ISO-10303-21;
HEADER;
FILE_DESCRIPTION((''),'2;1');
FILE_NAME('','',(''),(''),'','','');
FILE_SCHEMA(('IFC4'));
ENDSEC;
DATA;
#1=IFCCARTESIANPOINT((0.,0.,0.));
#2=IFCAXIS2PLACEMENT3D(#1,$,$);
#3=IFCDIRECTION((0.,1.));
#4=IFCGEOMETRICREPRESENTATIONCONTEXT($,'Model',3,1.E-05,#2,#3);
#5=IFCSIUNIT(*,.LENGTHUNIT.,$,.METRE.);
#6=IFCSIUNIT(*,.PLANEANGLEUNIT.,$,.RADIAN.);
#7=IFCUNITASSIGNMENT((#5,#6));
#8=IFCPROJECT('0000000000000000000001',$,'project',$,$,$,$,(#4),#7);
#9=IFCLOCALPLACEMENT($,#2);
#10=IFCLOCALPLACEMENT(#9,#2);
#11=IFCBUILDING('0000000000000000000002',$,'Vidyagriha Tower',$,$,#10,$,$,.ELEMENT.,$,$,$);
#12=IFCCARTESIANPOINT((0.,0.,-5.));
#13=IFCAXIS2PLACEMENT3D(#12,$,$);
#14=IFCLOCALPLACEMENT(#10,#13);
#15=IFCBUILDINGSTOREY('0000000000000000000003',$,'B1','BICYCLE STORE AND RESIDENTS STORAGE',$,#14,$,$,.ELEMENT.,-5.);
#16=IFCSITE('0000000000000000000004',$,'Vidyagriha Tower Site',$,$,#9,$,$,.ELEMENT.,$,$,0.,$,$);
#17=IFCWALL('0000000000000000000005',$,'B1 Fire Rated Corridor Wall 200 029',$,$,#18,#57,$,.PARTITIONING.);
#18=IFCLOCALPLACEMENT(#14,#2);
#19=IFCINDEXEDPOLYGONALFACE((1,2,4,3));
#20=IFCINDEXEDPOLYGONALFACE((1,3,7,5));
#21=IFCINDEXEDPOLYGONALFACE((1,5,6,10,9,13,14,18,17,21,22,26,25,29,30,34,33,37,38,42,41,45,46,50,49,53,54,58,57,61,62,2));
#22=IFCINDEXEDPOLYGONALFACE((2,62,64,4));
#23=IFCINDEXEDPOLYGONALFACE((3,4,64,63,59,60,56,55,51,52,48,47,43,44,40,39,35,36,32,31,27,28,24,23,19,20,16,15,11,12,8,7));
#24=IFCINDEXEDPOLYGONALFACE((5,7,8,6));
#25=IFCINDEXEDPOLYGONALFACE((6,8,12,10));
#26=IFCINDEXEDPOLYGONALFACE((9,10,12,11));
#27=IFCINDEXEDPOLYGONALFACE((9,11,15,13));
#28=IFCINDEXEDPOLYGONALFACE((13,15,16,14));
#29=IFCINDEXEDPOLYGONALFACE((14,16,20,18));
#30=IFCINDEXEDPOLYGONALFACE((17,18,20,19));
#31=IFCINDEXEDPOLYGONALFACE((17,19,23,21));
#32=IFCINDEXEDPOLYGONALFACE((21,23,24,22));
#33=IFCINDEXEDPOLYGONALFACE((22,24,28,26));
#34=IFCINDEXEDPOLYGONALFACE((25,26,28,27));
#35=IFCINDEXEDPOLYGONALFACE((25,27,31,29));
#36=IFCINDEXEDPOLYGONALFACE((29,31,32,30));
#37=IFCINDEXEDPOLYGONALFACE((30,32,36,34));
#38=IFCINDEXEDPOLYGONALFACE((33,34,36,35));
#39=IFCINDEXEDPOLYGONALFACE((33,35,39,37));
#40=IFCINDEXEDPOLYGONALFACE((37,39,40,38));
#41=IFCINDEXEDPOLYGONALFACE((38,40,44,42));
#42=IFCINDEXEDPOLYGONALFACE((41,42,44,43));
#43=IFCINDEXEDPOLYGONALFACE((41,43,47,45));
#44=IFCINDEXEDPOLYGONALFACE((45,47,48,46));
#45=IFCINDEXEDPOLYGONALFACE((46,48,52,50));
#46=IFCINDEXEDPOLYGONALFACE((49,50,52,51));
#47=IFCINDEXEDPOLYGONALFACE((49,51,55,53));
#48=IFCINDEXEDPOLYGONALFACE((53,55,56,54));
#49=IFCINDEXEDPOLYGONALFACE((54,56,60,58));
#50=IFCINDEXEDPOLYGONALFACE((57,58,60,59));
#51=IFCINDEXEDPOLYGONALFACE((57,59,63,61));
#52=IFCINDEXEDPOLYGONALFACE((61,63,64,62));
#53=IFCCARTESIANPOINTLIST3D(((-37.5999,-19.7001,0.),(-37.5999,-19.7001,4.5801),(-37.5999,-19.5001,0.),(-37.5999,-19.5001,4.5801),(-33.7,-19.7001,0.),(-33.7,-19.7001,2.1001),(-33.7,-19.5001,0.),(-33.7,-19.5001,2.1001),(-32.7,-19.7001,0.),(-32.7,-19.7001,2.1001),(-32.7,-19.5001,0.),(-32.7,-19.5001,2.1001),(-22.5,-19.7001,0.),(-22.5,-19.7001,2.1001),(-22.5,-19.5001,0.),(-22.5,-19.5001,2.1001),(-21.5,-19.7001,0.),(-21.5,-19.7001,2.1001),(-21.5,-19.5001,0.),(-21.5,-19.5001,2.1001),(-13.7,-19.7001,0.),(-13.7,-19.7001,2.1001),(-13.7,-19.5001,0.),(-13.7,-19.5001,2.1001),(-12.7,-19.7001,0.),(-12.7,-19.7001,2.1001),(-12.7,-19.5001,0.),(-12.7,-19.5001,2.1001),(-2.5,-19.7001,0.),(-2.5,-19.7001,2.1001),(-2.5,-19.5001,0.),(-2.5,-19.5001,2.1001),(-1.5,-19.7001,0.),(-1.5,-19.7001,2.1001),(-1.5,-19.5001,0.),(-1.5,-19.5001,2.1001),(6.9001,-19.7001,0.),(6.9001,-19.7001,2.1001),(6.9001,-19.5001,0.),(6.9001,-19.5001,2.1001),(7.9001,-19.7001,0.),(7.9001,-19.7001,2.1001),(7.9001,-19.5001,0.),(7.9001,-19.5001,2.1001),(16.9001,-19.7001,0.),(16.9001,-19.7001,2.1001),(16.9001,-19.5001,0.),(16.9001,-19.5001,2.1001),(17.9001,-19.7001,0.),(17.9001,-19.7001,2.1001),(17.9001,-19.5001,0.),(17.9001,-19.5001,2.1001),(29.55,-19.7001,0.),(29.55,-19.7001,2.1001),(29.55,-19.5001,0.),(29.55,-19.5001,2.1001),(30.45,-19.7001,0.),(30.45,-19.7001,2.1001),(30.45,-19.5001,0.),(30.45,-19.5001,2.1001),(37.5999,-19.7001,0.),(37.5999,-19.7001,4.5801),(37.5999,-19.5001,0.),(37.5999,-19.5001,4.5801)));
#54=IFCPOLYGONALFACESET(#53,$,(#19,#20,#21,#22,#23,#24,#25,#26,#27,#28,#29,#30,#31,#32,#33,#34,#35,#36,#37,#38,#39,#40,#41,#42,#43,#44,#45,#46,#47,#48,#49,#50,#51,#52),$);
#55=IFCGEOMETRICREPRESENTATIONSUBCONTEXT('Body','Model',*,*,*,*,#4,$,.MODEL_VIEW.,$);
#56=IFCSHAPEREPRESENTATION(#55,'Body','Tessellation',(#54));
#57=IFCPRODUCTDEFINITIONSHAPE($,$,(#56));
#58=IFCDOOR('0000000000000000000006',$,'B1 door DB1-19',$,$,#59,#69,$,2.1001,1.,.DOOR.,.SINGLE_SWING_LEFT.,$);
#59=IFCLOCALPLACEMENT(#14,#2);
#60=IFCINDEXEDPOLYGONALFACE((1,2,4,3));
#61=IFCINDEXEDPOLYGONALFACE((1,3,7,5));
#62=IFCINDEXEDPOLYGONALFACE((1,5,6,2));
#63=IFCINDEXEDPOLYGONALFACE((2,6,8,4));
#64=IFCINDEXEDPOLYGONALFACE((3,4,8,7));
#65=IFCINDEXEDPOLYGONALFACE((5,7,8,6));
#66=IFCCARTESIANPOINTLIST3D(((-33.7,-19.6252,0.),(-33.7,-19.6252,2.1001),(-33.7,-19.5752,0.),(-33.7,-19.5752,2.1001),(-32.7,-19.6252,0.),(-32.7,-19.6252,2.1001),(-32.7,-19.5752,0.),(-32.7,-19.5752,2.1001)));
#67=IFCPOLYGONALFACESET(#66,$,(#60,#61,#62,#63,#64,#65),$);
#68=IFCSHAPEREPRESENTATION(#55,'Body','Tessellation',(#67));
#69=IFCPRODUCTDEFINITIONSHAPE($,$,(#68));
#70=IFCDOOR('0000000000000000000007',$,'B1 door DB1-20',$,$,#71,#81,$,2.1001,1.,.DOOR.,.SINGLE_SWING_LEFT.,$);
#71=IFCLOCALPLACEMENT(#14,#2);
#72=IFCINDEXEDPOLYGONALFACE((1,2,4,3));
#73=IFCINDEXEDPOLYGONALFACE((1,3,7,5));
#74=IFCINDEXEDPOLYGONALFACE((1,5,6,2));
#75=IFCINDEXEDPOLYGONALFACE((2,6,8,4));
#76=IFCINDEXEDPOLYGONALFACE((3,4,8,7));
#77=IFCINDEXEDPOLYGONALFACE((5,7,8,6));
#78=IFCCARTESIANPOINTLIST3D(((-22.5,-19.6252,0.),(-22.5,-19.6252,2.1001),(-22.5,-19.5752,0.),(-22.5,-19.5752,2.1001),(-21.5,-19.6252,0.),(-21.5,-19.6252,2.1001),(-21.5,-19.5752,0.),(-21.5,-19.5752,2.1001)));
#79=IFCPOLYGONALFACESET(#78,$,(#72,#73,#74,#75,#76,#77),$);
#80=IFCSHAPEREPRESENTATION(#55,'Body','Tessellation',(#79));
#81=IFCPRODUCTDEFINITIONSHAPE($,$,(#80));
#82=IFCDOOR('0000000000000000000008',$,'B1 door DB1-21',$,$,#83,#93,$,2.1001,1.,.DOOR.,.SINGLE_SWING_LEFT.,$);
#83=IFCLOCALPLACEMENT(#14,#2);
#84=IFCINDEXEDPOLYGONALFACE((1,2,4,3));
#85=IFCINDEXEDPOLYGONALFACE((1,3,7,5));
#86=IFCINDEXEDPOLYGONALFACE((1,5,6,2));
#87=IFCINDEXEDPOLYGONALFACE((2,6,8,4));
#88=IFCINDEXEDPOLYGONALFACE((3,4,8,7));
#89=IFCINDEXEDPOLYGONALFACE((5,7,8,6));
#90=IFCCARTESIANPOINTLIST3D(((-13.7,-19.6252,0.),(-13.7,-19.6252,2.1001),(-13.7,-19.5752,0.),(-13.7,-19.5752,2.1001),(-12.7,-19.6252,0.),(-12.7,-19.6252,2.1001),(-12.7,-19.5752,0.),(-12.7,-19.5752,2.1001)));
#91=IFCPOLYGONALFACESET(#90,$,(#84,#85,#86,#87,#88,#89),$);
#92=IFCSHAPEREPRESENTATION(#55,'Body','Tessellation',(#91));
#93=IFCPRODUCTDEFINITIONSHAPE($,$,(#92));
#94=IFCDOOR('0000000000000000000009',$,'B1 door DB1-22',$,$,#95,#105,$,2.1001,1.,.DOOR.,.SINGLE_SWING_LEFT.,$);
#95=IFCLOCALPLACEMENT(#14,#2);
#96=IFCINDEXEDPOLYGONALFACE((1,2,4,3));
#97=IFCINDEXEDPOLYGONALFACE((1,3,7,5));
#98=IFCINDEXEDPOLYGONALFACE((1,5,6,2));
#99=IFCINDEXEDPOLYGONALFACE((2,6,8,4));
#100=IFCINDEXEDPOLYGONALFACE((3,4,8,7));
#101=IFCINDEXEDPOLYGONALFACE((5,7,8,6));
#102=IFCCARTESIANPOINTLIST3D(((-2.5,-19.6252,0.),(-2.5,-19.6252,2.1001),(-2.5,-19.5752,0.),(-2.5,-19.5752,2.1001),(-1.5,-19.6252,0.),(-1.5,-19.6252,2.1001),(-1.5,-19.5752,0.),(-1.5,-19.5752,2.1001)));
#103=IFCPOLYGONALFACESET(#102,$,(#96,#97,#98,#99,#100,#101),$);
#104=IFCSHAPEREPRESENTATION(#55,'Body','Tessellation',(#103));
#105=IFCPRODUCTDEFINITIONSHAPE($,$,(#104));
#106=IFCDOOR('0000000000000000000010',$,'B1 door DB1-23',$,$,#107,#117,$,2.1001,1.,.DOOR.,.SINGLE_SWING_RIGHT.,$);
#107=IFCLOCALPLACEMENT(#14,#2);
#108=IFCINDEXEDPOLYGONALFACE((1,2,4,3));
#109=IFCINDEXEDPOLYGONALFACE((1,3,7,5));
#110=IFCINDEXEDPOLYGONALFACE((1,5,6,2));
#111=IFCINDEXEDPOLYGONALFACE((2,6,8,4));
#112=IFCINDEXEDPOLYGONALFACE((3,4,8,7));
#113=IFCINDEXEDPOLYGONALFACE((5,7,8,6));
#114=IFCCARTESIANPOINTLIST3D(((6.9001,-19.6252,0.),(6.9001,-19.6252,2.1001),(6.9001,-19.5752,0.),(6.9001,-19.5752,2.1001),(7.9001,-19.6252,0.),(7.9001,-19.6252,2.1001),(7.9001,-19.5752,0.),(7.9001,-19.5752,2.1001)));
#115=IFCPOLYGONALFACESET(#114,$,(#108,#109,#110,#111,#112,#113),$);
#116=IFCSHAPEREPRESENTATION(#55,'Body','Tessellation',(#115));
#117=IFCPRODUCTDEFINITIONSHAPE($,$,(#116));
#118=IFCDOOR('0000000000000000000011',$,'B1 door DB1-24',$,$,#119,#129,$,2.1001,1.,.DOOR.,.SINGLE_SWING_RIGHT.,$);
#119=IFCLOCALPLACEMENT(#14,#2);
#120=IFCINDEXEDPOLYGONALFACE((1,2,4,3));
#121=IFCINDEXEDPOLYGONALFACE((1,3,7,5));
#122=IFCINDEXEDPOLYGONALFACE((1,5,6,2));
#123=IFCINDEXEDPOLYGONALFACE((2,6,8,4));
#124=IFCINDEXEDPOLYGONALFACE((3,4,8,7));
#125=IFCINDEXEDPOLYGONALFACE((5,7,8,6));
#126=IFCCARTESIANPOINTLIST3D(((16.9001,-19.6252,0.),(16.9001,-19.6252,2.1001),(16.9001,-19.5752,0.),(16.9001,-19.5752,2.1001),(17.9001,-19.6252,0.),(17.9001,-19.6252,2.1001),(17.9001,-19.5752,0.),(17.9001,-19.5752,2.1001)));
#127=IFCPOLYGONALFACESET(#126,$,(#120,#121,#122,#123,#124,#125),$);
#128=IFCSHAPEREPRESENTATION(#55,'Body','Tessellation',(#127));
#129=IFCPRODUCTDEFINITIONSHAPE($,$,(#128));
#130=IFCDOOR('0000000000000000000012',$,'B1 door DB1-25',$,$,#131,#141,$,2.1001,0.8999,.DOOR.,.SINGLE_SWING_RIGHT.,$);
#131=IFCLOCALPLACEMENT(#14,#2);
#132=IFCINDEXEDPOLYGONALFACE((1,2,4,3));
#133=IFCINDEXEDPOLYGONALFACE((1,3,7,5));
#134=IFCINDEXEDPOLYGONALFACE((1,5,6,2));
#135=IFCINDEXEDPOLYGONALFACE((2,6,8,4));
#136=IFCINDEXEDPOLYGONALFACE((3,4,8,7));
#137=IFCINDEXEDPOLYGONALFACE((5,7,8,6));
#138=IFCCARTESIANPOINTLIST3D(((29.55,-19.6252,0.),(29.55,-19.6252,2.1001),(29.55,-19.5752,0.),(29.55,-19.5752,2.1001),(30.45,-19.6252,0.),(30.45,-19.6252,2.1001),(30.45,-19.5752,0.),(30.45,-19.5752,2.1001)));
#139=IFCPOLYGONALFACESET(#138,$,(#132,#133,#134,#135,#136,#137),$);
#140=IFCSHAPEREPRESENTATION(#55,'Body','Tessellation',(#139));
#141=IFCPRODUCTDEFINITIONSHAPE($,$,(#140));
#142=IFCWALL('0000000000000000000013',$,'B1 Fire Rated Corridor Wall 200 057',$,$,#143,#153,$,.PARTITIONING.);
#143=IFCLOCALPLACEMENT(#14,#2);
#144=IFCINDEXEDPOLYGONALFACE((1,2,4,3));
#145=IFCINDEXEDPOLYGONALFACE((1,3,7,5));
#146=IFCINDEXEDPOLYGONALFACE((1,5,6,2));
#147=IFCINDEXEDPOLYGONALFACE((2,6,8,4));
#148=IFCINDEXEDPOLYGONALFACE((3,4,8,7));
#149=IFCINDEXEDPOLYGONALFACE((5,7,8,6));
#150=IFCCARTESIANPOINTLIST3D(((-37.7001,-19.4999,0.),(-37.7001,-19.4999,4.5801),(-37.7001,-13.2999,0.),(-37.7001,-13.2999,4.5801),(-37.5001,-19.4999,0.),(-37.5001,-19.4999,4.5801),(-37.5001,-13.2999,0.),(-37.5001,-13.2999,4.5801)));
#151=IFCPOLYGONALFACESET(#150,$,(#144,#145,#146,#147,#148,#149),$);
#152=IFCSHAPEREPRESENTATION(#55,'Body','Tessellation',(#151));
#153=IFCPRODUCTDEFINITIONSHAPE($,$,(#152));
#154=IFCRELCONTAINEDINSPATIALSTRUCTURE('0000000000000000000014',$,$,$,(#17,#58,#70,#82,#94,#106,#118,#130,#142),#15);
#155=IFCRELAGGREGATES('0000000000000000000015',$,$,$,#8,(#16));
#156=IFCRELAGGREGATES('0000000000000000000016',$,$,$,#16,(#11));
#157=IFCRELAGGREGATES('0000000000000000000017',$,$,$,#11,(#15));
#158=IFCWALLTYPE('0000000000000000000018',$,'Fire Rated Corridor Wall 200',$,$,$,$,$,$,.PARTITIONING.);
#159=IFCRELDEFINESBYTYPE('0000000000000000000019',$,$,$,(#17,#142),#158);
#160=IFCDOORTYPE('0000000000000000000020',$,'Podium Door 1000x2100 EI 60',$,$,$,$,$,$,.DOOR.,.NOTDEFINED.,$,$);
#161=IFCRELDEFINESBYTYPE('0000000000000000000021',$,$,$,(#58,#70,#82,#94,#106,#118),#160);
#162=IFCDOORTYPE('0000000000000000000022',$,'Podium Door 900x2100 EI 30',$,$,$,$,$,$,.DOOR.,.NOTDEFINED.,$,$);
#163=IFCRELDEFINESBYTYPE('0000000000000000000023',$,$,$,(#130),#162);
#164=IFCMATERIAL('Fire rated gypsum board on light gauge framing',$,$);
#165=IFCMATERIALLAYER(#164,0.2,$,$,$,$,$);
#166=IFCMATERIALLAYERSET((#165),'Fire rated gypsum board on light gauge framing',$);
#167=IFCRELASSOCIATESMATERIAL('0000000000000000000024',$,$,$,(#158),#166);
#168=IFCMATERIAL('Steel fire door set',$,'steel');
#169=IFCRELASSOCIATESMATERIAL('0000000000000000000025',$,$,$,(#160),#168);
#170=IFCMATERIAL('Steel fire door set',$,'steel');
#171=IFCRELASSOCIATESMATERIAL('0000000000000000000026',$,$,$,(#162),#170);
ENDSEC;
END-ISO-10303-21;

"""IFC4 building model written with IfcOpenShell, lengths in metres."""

from ifc_helpers import new_model, si_unit, direction, frame, frame_2d, origin, place, context, subcontext, project, spatial, rectangle, extrude, material, layer, layer_set, type_object, element, fill, save


model = new_model("IFC4")

# Units and contexts
model_context = context("Model", 3, precision=1e-05, world=origin(), true_north=direction((0.0, 1.0)))
body_context = subcontext(model_context, "Body", "Model", "MODEL_VIEW")
ifc_project = project(units=[si_unit("LENGTHUNIT", "METRE"), si_unit("PLANEANGLEUNIT", "RADIAN")], contexts=[model_context])

# Site, building, storey
site_placement = place(None, origin())
site = spatial("IfcSite", under=ifc_project, at=site_placement, Name="Vidyagriha Tower Site", CompositionType="ELEMENT", RefElevation=0.0)
building_placement = place(site_placement, origin())
building = spatial("IfcBuilding", under=site, at=building_placement, Name="Vidyagriha Tower", CompositionType="ELEMENT")
storey_placement = place(building_placement, frame((0.0, 0.0, -5.0)))
storey = spatial("IfcBuildingStorey", under=building, at=storey_placement, Name="B1", Description="BICYCLE STORE AND RESIDENTS STORAGE", CompositionType="ELEMENT", Elevation=-5.0)

# Shared definitions
ifc_material_1 = material(Name="Fire rated gypsum board on light gauge framing")
ifc_layer = layer(ifc_material_1, 0.2)
ifc_layer_set = layer_set([ifc_layer], Name="Fire rated gypsum board on light gauge framing")
wall_type = type_object("IfcWallType", Name="Fire Rated Corridor Wall 200", PredefinedType="PARTITIONING", material=ifc_layer_set)

# Wall, openings, doors
wall_1_placement = place(storey_placement, frame((-37.5999, -19.6001, 0.0)))
wall_1 = element("IfcWall", 1, at=wall_1_placement, inside=storey, type_object=wall_type, Name="B1 Fire Rated Corridor Wall 200 029", PredefinedType="PARTITIONING", context=body_context, shape_type="SweptSolid", body=[
    extrude(rectangle(XDim=75.1997, YDim=0.2, at=frame_2d((37.5999, 0.0))), origin(), (0.0, 0.0, 1.0), 4.5801),
])
opening_1_placement = place(wall_1_placement, frame((3.8999, 0.0, 0.0)))
opening_1 = element("IfcOpeningElement", 2, at=opening_1_placement, cuts=wall_1, PredefinedType="OPENING", context=body_context, shape_type="SweptSolid", body=[
    extrude(rectangle(XDim=1.0, YDim=2.1001, at=frame_2d((0.5, 1.05))), frame((0.0, 0.1099, 0.0), z_axis=(0.0, -1.0, 0.0), x_axis=(1.0, 0.0, 0.0)), (0.0, 0.0, 1.0), 0.22),
])
opening_2_placement = place(wall_1_placement, frame((15.0999, 0.0, 0.0)))
opening_2 = element("IfcOpeningElement", 3, at=opening_2_placement, cuts=wall_1, PredefinedType="OPENING", context=body_context, shape_type="SweptSolid", body=[
    extrude(rectangle(XDim=1.0, YDim=2.1001, at=frame_2d((0.5, 1.05))), frame((0.0, 0.1099, 0.0), z_axis=(0.0, -1.0, 0.0), x_axis=(1.0, 0.0, 0.0)), (0.0, 0.0, 1.0), 0.22),
])
opening_3_placement = place(wall_1_placement, frame((23.8999, 0.0, 0.0)))
opening_3 = element("IfcOpeningElement", 4, at=opening_3_placement, cuts=wall_1, PredefinedType="OPENING", context=body_context, shape_type="SweptSolid", body=[
    extrude(rectangle(XDim=1.0, YDim=2.1001, at=frame_2d((0.5, 1.05))), frame((0.0, 0.1099, 0.0), z_axis=(0.0, -1.0, 0.0), x_axis=(1.0, 0.0, 0.0)), (0.0, 0.0, 1.0), 0.22),
])
opening_4_placement = place(wall_1_placement, frame((35.0999, 0.0, 0.0)))
opening_4 = element("IfcOpeningElement", 5, at=opening_4_placement, cuts=wall_1, PredefinedType="OPENING", context=body_context, shape_type="SweptSolid", body=[
    extrude(rectangle(XDim=1.0, YDim=2.1001, at=frame_2d((0.5, 1.05))), frame((0.0, 0.1099, 0.0), z_axis=(0.0, -1.0, 0.0), x_axis=(1.0, 0.0, 0.0)), (0.0, 0.0, 1.0), 0.22),
])
opening_5_placement = place(wall_1_placement, frame((44.5, 0.0, 0.0)))
opening_5 = element("IfcOpeningElement", 6, at=opening_5_placement, cuts=wall_1, PredefinedType="OPENING", context=body_context, shape_type="SweptSolid", body=[
    extrude(rectangle(XDim=1.0, YDim=2.1001, at=frame_2d((0.5, 1.05))), frame((0.0, 0.1099, 0.0), z_axis=(0.0, -1.0, 0.0), x_axis=(1.0, 0.0, 0.0)), (0.0, 0.0, 1.0), 0.22),
])
opening_6_placement = place(wall_1_placement, frame((54.5, 0.0, 0.0)))
opening_6 = element("IfcOpeningElement", 7, at=opening_6_placement, cuts=wall_1, PredefinedType="OPENING", context=body_context, shape_type="SweptSolid", body=[
    extrude(rectangle(XDim=1.0, YDim=2.1001, at=frame_2d((0.5, 1.05))), frame((0.0, 0.1099, 0.0), z_axis=(0.0, -1.0, 0.0), x_axis=(1.0, 0.0, 0.0)), (0.0, 0.0, 1.0), 0.22),
])
opening_7_placement = place(wall_1_placement, frame((67.1499, 0.0, 0.0)))
opening_7 = element("IfcOpeningElement", 8, at=opening_7_placement, cuts=wall_1, PredefinedType="OPENING", context=body_context, shape_type="SweptSolid", body=[
    extrude(rectangle(XDim=0.8999, YDim=2.1001, at=frame_2d((0.45, 1.05))), frame((0.0, 0.1099, 0.0), z_axis=(0.0, -1.0, 0.0), x_axis=(1.0, 0.0, 0.0)), (0.0, 0.0, 1.0), 0.22),
])
ifc_material_2 = material(Name="Steel fire door set", Category="steel")
door_type_1 = type_object("IfcDoorType", Name="Podium Door 1000x2100 EI 60", OperationType="NOTDEFINED", PredefinedType="DOOR", material=ifc_material_2)
door_1_placement = place(opening_1_placement, origin())
door_1 = element("IfcDoor", 9, at=door_1_placement, inside=storey, type_object=door_type_1, Name="B1 door DB1-19", OperationType="SINGLE_SWING_LEFT", OverallHeight=2.1001, OverallWidth=1.0, PredefinedType="DOOR", context=body_context, shape_type="SweptSolid", body=[
    extrude(rectangle(XDim=1.0, YDim=2.1001, at=frame_2d((0.5, 1.05))), frame((0.0, 0.0249, 0.0), z_axis=(0.0, -1.0, 0.0), x_axis=(1.0, 0.0, 0.0)), (0.0, 0.0, 1.0), 0.05),
])
fill(opening_1, door_1)
door_2_placement = place(opening_2_placement, origin())
door_2 = element("IfcDoor", 10, at=door_2_placement, inside=storey, type_object=door_type_1, Name="B1 door DB1-20", OperationType="SINGLE_SWING_LEFT", OverallHeight=2.1001, OverallWidth=1.0, PredefinedType="DOOR", context=body_context, shape_type="SweptSolid", body=[
    extrude(rectangle(XDim=1.0, YDim=2.1001, at=frame_2d((0.5, 1.05))), frame((0.0, 0.0249, 0.0), z_axis=(0.0, -1.0, 0.0), x_axis=(1.0, 0.0, 0.0)), (0.0, 0.0, 1.0), 0.05),
])
fill(opening_2, door_2)
door_3_placement = place(opening_3_placement, origin())
door_3 = element("IfcDoor", 11, at=door_3_placement, inside=storey, type_object=door_type_1, Name="B1 door DB1-21", OperationType="SINGLE_SWING_LEFT", OverallHeight=2.1001, OverallWidth=1.0, PredefinedType="DOOR", context=body_context, shape_type="SweptSolid", body=[
    extrude(rectangle(XDim=1.0, YDim=2.1001, at=frame_2d((0.5, 1.05))), frame((0.0, 0.0249, 0.0), z_axis=(0.0, -1.0, 0.0), x_axis=(1.0, 0.0, 0.0)), (0.0, 0.0, 1.0), 0.05),
])
fill(opening_3, door_3)
door_4_placement = place(opening_4_placement, origin())
door_4 = element("IfcDoor", 12, at=door_4_placement, inside=storey, type_object=door_type_1, Name="B1 door DB1-22", OperationType="SINGLE_SWING_LEFT", OverallHeight=2.1001, OverallWidth=1.0, PredefinedType="DOOR", context=body_context, shape_type="SweptSolid", body=[
    extrude(rectangle(XDim=1.0, YDim=2.1001, at=frame_2d((0.5, 1.05))), frame((0.0, 0.0249, 0.0), z_axis=(0.0, -1.0, 0.0), x_axis=(1.0, 0.0, 0.0)), (0.0, 0.0, 1.0), 0.05),
])
fill(opening_4, door_4)
door_5_placement = place(opening_5_placement, origin())
door_5 = element("IfcDoor", 13, at=door_5_placement, inside=storey, type_object=door_type_1, Name="B1 door DB1-23", OperationType="SINGLE_SWING_RIGHT", OverallHeight=2.1001, OverallWidth=1.0, PredefinedType="DOOR", context=body_context, shape_type="SweptSolid", body=[
    extrude(rectangle(XDim=1.0, YDim=2.1001, at=frame_2d((0.5, 1.05))), frame((0.0, 0.0249, 0.0), z_axis=(0.0, -1.0, 0.0), x_axis=(1.0, 0.0, 0.0)), (0.0, 0.0, 1.0), 0.05),
])
fill(opening_5, door_5)
door_6_placement = place(opening_6_placement, origin())
door_6 = element("IfcDoor", 14, at=door_6_placement, inside=storey, type_object=door_type_1, Name="B1 door DB1-24", OperationType="SINGLE_SWING_RIGHT", OverallHeight=2.1001, OverallWidth=1.0, PredefinedType="DOOR", context=body_context, shape_type="SweptSolid", body=[
    extrude(rectangle(XDim=1.0, YDim=2.1001, at=frame_2d((0.5, 1.05))), frame((0.0, 0.0249, 0.0), z_axis=(0.0, -1.0, 0.0), x_axis=(1.0, 0.0, 0.0)), (0.0, 0.0, 1.0), 0.05),
])
fill(opening_6, door_6)
ifc_material_3 = material(Name="Steel fire door set", Category="steel")
door_type_2 = type_object("IfcDoorType", Name="Podium Door 900x2100 EI 30", OperationType="NOTDEFINED", PredefinedType="DOOR", material=ifc_material_3)
door_7_placement = place(opening_7_placement, origin())
door_7 = element("IfcDoor", 15, at=door_7_placement, inside=storey, type_object=door_type_2, Name="B1 door DB1-25", OperationType="SINGLE_SWING_RIGHT", OverallHeight=2.1001, OverallWidth=0.8999, PredefinedType="DOOR", context=body_context, shape_type="SweptSolid", body=[
    extrude(rectangle(XDim=0.8999, YDim=2.1001, at=frame_2d((0.45, 1.05))), frame((0.0, 0.0249, 0.0), z_axis=(0.0, -1.0, 0.0), x_axis=(1.0, 0.0, 0.0)), (0.0, 0.0, 1.0), 0.05),
])
fill(opening_7, door_7)

# Wall
wall_2_placement = place(storey_placement, frame((-37.6001, -19.5, 0.0), z_axis=(0.0, 0.0, 1.0), x_axis=(0.0, 1.0, 0.0)))
element("IfcWall", 16, at=wall_2_placement, inside=storey, type_object=wall_type, Name="B1 Fire Rated Corridor Wall 200 057", PredefinedType="PARTITIONING", context=body_context, shape_type="SweptSolid", body=[
    extrude(rectangle(XDim=6.2, YDim=0.2, at=frame_2d((3.1001, 0.0))), origin(), (0.0, 0.0, 1.0), 4.5801),
])

save(model, "model.ifc")
